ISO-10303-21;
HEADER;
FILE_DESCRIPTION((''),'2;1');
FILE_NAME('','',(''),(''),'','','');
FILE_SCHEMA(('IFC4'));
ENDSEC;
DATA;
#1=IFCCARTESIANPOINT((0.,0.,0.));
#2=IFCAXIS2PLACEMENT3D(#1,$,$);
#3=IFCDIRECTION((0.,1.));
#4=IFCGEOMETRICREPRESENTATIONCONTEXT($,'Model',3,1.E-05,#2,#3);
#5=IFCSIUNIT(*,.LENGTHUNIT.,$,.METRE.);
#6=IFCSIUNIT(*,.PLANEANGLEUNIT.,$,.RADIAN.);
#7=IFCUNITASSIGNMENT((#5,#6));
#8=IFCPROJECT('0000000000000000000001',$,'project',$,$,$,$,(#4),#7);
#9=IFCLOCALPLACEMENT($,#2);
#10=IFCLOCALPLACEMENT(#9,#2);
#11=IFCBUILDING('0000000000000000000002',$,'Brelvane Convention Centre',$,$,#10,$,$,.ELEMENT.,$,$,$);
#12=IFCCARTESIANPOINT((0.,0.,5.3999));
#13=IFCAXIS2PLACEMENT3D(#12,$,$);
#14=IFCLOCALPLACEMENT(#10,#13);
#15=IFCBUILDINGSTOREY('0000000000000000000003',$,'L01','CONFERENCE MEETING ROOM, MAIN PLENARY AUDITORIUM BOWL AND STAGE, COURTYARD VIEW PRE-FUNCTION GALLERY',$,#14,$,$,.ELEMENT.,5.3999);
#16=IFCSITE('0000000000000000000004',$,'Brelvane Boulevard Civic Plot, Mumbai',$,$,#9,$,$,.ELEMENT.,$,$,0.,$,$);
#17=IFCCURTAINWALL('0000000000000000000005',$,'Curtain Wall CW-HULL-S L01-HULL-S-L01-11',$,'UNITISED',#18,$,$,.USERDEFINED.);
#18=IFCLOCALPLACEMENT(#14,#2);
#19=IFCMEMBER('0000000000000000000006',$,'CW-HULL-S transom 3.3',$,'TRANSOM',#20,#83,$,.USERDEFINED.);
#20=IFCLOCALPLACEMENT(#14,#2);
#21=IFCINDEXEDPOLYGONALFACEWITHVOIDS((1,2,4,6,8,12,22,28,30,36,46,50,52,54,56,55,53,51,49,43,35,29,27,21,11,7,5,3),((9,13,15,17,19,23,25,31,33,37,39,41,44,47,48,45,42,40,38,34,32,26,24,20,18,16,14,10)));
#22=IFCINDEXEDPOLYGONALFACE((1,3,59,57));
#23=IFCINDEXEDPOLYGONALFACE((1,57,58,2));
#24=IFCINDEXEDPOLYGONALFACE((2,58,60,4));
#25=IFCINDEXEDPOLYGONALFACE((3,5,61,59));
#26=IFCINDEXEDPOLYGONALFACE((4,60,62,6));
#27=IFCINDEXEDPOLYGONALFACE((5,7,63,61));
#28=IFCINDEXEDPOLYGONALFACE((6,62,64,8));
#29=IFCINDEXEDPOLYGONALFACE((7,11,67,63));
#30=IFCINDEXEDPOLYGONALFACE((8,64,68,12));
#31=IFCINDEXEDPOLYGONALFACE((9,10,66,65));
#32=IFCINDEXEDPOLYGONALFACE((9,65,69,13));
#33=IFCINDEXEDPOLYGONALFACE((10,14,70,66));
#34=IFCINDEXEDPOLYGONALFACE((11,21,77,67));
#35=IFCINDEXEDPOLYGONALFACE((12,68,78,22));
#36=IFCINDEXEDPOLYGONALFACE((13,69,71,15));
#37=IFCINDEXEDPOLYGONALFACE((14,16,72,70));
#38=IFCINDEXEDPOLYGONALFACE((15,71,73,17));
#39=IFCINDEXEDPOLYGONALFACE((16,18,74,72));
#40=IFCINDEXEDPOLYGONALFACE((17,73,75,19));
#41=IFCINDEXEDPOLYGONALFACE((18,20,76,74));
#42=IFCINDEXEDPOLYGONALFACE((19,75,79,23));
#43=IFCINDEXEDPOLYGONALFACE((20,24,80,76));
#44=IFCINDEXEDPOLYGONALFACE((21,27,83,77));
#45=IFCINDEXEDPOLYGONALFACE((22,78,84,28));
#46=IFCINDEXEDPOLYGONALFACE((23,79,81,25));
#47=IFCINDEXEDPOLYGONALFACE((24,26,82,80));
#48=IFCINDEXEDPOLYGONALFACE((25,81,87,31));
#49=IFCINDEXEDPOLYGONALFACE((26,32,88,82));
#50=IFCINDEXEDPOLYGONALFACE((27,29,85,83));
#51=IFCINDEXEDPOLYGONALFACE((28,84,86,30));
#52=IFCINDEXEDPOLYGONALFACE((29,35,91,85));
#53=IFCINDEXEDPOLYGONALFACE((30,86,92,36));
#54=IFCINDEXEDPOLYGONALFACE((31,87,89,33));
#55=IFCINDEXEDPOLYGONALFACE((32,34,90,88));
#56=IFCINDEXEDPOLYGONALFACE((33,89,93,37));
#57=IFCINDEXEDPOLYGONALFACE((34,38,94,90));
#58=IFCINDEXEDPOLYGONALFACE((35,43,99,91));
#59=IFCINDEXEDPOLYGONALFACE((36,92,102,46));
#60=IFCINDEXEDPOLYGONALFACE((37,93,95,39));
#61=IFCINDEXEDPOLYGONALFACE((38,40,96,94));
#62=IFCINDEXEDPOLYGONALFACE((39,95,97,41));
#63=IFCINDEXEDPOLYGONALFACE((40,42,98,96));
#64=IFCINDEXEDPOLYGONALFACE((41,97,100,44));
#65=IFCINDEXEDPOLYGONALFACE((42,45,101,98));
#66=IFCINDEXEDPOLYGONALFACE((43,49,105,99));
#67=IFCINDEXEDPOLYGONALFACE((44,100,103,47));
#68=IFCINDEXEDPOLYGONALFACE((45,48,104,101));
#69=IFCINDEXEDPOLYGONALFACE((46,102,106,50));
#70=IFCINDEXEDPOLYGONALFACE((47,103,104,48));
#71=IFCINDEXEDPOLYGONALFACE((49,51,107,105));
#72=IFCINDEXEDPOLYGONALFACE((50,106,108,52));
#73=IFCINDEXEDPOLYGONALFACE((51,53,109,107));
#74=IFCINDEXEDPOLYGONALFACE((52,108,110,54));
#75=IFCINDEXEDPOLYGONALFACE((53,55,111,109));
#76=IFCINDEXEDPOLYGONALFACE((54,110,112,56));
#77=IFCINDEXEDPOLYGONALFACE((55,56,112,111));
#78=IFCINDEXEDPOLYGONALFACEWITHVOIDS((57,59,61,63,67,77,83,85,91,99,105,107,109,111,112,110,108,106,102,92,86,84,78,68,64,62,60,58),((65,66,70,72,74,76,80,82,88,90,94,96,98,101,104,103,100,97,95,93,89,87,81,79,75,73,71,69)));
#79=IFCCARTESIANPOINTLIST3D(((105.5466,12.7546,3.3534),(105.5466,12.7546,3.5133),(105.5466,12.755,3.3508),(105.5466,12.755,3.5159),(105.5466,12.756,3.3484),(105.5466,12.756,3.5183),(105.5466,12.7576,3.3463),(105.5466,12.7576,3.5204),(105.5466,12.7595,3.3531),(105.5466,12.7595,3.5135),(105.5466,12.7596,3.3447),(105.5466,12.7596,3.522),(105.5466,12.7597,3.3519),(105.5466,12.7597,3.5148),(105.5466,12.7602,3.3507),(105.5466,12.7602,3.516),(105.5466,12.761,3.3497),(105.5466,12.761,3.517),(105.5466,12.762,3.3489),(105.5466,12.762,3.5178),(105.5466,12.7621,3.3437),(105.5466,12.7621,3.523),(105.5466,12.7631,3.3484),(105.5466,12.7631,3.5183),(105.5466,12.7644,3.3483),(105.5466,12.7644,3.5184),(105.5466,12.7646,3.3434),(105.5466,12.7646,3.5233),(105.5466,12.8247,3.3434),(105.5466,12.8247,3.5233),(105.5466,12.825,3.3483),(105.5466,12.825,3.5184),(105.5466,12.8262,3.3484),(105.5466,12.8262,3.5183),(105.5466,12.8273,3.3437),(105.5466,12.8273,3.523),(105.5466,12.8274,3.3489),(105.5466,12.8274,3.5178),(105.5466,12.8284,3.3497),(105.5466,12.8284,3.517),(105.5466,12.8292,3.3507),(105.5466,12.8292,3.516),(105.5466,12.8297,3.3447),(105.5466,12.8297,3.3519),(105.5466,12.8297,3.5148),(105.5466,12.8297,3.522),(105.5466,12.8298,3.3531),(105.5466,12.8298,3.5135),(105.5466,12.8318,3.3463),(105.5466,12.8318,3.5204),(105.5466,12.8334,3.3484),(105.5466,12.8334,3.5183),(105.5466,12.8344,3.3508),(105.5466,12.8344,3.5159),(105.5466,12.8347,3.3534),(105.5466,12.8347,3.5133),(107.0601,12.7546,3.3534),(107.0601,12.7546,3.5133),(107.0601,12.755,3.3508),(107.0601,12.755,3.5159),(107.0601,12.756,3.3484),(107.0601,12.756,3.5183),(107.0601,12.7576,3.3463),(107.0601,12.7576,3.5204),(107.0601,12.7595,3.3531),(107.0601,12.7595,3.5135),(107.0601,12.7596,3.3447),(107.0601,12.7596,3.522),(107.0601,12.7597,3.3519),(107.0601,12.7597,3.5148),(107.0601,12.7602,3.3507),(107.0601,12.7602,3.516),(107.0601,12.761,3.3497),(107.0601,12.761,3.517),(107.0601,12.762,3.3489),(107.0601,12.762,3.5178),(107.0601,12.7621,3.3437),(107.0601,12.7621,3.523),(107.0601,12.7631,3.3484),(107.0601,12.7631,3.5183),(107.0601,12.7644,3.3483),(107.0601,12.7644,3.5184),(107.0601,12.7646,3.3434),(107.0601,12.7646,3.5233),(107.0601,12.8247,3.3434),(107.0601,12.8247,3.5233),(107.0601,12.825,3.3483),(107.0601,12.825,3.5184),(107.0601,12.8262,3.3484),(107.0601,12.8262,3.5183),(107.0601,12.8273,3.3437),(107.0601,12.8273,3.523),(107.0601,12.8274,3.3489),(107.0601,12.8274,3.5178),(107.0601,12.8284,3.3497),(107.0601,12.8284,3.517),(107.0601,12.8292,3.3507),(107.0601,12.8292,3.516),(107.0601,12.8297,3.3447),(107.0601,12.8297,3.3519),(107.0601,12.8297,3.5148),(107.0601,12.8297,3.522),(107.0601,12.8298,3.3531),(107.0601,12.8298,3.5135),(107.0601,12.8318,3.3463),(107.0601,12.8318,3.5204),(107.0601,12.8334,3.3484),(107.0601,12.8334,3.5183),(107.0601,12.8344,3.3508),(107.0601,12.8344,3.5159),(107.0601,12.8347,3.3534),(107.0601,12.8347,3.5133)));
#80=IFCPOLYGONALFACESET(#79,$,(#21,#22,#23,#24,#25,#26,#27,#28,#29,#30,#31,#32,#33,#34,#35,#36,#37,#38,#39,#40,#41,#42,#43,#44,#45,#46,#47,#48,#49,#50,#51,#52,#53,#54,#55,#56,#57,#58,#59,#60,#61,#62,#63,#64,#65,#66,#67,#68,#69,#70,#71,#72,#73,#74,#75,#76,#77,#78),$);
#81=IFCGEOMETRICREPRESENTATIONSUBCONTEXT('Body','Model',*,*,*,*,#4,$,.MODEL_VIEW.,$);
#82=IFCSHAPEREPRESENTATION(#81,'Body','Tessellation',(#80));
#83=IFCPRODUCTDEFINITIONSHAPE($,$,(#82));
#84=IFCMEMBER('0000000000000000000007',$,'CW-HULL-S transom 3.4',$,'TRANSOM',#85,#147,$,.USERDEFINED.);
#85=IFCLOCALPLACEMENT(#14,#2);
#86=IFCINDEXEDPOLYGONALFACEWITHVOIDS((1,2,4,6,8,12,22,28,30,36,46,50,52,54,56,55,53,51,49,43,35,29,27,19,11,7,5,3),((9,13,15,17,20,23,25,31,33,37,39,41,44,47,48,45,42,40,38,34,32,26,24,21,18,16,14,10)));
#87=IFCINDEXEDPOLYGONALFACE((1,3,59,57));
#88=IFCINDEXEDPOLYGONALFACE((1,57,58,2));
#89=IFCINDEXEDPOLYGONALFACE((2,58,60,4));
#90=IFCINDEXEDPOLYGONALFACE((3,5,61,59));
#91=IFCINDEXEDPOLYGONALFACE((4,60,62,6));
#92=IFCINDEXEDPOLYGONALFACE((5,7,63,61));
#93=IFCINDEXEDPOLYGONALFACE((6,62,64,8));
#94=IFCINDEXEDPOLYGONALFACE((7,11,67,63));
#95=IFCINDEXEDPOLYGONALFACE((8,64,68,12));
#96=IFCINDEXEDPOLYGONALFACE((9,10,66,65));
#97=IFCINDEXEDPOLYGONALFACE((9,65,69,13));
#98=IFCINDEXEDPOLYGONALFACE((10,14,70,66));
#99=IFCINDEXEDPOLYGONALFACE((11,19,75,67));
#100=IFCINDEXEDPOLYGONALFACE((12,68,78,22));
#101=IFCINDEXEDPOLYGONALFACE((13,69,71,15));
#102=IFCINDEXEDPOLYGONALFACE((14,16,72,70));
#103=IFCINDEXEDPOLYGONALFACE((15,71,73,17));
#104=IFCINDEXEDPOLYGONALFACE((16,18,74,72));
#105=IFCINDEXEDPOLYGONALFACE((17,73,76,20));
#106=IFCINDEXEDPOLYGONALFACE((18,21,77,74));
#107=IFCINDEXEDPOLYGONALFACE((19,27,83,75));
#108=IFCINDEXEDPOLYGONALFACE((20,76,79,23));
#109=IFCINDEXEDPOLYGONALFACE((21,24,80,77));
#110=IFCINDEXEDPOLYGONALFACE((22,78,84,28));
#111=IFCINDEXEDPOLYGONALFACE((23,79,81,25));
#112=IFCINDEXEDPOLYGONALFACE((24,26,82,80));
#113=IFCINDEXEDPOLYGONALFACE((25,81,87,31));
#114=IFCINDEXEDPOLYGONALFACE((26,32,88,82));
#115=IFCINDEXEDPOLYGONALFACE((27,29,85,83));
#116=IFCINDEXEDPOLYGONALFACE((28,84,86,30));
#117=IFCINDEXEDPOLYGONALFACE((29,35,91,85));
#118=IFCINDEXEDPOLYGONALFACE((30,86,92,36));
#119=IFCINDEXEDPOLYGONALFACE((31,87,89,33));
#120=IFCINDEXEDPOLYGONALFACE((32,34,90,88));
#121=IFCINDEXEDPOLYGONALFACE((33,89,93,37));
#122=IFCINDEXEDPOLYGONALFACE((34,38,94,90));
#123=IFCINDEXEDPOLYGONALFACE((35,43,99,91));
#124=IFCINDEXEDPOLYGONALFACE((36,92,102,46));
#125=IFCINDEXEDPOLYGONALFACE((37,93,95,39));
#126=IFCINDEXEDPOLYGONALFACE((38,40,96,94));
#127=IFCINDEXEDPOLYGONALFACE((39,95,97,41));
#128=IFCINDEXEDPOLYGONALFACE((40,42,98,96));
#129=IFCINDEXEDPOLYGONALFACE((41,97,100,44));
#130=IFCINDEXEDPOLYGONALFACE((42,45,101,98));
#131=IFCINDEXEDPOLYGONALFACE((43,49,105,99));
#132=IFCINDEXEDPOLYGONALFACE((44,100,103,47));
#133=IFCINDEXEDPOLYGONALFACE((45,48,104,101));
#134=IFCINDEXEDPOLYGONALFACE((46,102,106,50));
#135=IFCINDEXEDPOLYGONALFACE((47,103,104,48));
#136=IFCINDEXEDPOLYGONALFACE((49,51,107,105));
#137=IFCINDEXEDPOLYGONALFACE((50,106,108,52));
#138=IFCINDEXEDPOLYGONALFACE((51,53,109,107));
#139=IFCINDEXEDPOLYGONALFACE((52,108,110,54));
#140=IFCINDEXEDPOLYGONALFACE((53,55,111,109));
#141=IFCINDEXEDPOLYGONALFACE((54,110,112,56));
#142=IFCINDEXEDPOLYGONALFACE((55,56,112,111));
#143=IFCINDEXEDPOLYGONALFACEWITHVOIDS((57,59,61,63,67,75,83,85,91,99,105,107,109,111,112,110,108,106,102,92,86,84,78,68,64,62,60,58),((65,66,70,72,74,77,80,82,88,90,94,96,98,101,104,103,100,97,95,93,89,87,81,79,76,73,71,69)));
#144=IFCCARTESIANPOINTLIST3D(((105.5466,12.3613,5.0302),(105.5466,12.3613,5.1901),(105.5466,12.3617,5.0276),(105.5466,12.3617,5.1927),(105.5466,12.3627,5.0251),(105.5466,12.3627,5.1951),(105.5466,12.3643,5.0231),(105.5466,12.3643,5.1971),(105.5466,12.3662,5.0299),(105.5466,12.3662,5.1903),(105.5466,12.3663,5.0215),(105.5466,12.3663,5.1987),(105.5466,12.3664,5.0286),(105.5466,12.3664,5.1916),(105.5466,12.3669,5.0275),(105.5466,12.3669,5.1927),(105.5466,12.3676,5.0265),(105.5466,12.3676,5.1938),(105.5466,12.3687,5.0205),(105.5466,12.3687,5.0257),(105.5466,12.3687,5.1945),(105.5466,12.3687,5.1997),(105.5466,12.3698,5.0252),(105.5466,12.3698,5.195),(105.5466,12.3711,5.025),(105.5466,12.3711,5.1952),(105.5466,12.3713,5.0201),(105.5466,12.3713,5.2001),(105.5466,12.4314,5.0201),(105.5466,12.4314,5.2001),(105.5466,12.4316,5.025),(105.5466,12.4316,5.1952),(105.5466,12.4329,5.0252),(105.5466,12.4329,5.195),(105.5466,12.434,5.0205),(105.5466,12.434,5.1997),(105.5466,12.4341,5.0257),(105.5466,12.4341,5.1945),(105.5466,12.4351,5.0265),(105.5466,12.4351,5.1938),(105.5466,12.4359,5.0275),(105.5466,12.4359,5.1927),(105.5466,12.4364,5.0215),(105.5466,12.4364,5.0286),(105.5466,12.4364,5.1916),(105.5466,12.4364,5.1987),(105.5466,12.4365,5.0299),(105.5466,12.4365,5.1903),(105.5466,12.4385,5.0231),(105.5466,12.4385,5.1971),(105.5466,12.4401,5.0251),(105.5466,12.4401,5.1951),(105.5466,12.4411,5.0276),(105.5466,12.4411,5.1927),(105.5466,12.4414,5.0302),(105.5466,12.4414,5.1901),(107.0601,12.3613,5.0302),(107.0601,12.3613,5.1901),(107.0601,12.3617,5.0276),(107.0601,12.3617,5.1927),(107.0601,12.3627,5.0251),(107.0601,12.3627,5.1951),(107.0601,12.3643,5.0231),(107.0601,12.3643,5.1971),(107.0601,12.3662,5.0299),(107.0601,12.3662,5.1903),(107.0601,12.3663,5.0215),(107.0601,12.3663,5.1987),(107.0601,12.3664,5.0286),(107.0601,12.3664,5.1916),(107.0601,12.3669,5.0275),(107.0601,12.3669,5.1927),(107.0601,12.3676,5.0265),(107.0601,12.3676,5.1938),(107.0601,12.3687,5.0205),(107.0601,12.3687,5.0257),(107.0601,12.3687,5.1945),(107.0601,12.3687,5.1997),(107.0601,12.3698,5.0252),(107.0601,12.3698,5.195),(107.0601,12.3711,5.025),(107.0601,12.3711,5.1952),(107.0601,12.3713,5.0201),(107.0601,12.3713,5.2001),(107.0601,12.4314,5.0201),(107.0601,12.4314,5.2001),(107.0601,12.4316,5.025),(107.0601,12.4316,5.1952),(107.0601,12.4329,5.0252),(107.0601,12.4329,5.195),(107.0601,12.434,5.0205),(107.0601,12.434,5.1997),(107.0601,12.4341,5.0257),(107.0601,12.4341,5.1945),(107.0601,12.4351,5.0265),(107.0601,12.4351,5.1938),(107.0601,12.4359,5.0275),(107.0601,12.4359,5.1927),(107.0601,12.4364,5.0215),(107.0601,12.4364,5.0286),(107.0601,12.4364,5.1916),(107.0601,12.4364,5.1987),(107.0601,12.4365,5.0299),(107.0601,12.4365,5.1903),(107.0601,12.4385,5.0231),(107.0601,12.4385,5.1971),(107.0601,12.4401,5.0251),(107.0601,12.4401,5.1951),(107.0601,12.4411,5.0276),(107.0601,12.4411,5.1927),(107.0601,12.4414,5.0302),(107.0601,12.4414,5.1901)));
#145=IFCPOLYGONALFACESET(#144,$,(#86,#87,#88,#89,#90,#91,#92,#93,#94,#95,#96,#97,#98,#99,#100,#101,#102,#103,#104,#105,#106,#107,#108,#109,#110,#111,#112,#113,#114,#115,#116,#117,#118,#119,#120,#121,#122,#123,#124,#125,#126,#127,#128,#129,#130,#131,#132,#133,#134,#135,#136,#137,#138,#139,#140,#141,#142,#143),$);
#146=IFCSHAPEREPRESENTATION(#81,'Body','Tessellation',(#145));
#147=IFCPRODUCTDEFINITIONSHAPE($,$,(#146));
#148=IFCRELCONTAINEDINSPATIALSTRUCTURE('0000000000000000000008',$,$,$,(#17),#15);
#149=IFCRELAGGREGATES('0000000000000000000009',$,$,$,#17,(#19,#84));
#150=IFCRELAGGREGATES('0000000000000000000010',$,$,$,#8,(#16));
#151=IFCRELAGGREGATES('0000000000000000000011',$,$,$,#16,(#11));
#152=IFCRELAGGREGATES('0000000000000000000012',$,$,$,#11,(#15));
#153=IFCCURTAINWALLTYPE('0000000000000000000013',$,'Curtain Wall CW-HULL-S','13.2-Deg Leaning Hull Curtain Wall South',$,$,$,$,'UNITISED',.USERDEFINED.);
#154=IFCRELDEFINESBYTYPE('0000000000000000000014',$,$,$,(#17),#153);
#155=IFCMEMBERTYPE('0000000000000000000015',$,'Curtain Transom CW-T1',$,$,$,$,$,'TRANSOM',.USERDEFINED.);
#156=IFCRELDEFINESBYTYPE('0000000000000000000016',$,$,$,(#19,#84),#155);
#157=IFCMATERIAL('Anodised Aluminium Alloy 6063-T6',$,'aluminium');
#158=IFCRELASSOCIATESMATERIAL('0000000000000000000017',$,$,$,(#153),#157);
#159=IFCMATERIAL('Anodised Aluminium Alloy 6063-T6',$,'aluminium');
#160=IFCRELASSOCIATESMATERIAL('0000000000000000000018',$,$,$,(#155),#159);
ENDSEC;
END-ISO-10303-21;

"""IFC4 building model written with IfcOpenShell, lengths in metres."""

from ifc_helpers import new_model, si_unit, direction, frame, origin, origin_2d, place, context, subcontext, project, spatial, hollow_rectangle, extrude, material, material_profile, profile_set, type_object, element, aggregate, save


model = new_model("IFC4")

# Units and contexts
model_context = context("Model", 3, precision=1e-05, world=origin(), true_north=direction((0.0, 1.0)))
body_context = subcontext(model_context, "Body", "Model", "MODEL_VIEW")
ifc_project = project(units=[si_unit("LENGTHUNIT", "METRE"), si_unit("PLANEANGLEUNIT", "RADIAN")], contexts=[model_context])

# Site, building, storey
site_placement = place(None, origin())
site = spatial("IfcSite", under=ifc_project, at=site_placement, Name="Brelvane Boulevard Civic Plot, Mumbai", CompositionType="ELEMENT", RefElevation=0.0)
building_placement = place(site_placement, origin())
building = spatial("IfcBuilding", under=site, at=building_placement, Name="Brelvane Convention Centre", CompositionType="ELEMENT")
storey_placement = place(building_placement, frame((0.0, 0.0, 5.3999)))
storey = spatial("IfcBuildingStorey", under=building, at=storey_placement, Name="L01", Description="CONFERENCE MEETING ROOM, MAIN PLENARY AUDITORIUM BOWL AND STAGE, COURTYARD VIEW PRE-FUNCTION GALLERY", CompositionType="ELEMENT", Elevation=5.3999)

# Curtain wall, members
ifc_material_1 = material(Name="Anodised Aluminium Alloy 6063-T6", Category="aluminium")
curtain_wall_type = type_object("IfcCurtainWallType", Name="Curtain Wall CW-HULL-S", Description="13.2-Deg Leaning Hull Curtain Wall South", ElementType="UNITISED", PredefinedType="USERDEFINED", material=ifc_material_1)
ifc_material_2 = material(Name="Anodised Aluminium Alloy 6063-T6", Category="aluminium")
ifc_material_profile = material_profile(ifc_material_2, hollow_rectangle(XDim=0.0801, YDim=0.1799, WallThickness=0.0049, InnerFilletRadius=0.0049, OuterFilletRadius=0.01, at=origin_2d()), Name="ALU-T 180x80x5.0")
ifc_profile_set = profile_set([ifc_material_profile], Name="Anodised Aluminium Alloy 6063-T6")
member_type = type_object("IfcMemberType", Name="Curtain Transom CW-T1", ElementType="TRANSOM", PredefinedType="USERDEFINED", material=ifc_profile_set)
curtain_wall_1_placement = place(storey_placement, origin())
curtain_wall_1 = element("IfcCurtainWall", 1, at=curtain_wall_1_placement, inside=storey, type_object=curtain_wall_type, Name="Curtain Wall CW-HULL-S L01-HULL-S-L01-11", ObjectType="UNITISED", PredefinedType="USERDEFINED")
member_1_placement = place(storey_placement, frame((105.5466, 12.7947, 3.4333), z_axis=(1.0, 0.0, 0.0), x_axis=(0.0, 1.0, 0.0)))
member_1 = element("IfcMember", 2, at=member_1_placement, type_object=member_type, Name="CW-HULL-S transom 3.3", ObjectType="TRANSOM", PredefinedType="USERDEFINED", context=body_context, shape_type="SweptSolid", body=[
    extrude(hollow_rectangle(XDim=0.0801, YDim=0.1799, WallThickness=0.0049, InnerFilletRadius=0.0049, OuterFilletRadius=0.01, at=origin_2d()), origin(), (0.0, 0.0, 1.0), 1.5134),
])
member_2_placement = place(storey_placement, frame((105.5466, 12.4014, 5.1101), z_axis=(1.0, 0.0, 0.0), x_axis=(0.0, 1.0, 0.0)))
member_2 = element("IfcMember", 3, at=member_2_placement, type_object=member_type, Name="CW-HULL-S transom 3.4", ObjectType="TRANSOM", PredefinedType="USERDEFINED", context=body_context, shape_type="SweptSolid", body=[
    extrude(hollow_rectangle(XDim=0.0801, YDim=0.1799, WallThickness=0.0049, InnerFilletRadius=0.0049, OuterFilletRadius=0.01, at=origin_2d()), origin(), (0.0, 0.0, 1.0), 1.5134),
])

aggregate(curtain_wall_1, [member_1, member_2])

save(model, "model.ifc")
